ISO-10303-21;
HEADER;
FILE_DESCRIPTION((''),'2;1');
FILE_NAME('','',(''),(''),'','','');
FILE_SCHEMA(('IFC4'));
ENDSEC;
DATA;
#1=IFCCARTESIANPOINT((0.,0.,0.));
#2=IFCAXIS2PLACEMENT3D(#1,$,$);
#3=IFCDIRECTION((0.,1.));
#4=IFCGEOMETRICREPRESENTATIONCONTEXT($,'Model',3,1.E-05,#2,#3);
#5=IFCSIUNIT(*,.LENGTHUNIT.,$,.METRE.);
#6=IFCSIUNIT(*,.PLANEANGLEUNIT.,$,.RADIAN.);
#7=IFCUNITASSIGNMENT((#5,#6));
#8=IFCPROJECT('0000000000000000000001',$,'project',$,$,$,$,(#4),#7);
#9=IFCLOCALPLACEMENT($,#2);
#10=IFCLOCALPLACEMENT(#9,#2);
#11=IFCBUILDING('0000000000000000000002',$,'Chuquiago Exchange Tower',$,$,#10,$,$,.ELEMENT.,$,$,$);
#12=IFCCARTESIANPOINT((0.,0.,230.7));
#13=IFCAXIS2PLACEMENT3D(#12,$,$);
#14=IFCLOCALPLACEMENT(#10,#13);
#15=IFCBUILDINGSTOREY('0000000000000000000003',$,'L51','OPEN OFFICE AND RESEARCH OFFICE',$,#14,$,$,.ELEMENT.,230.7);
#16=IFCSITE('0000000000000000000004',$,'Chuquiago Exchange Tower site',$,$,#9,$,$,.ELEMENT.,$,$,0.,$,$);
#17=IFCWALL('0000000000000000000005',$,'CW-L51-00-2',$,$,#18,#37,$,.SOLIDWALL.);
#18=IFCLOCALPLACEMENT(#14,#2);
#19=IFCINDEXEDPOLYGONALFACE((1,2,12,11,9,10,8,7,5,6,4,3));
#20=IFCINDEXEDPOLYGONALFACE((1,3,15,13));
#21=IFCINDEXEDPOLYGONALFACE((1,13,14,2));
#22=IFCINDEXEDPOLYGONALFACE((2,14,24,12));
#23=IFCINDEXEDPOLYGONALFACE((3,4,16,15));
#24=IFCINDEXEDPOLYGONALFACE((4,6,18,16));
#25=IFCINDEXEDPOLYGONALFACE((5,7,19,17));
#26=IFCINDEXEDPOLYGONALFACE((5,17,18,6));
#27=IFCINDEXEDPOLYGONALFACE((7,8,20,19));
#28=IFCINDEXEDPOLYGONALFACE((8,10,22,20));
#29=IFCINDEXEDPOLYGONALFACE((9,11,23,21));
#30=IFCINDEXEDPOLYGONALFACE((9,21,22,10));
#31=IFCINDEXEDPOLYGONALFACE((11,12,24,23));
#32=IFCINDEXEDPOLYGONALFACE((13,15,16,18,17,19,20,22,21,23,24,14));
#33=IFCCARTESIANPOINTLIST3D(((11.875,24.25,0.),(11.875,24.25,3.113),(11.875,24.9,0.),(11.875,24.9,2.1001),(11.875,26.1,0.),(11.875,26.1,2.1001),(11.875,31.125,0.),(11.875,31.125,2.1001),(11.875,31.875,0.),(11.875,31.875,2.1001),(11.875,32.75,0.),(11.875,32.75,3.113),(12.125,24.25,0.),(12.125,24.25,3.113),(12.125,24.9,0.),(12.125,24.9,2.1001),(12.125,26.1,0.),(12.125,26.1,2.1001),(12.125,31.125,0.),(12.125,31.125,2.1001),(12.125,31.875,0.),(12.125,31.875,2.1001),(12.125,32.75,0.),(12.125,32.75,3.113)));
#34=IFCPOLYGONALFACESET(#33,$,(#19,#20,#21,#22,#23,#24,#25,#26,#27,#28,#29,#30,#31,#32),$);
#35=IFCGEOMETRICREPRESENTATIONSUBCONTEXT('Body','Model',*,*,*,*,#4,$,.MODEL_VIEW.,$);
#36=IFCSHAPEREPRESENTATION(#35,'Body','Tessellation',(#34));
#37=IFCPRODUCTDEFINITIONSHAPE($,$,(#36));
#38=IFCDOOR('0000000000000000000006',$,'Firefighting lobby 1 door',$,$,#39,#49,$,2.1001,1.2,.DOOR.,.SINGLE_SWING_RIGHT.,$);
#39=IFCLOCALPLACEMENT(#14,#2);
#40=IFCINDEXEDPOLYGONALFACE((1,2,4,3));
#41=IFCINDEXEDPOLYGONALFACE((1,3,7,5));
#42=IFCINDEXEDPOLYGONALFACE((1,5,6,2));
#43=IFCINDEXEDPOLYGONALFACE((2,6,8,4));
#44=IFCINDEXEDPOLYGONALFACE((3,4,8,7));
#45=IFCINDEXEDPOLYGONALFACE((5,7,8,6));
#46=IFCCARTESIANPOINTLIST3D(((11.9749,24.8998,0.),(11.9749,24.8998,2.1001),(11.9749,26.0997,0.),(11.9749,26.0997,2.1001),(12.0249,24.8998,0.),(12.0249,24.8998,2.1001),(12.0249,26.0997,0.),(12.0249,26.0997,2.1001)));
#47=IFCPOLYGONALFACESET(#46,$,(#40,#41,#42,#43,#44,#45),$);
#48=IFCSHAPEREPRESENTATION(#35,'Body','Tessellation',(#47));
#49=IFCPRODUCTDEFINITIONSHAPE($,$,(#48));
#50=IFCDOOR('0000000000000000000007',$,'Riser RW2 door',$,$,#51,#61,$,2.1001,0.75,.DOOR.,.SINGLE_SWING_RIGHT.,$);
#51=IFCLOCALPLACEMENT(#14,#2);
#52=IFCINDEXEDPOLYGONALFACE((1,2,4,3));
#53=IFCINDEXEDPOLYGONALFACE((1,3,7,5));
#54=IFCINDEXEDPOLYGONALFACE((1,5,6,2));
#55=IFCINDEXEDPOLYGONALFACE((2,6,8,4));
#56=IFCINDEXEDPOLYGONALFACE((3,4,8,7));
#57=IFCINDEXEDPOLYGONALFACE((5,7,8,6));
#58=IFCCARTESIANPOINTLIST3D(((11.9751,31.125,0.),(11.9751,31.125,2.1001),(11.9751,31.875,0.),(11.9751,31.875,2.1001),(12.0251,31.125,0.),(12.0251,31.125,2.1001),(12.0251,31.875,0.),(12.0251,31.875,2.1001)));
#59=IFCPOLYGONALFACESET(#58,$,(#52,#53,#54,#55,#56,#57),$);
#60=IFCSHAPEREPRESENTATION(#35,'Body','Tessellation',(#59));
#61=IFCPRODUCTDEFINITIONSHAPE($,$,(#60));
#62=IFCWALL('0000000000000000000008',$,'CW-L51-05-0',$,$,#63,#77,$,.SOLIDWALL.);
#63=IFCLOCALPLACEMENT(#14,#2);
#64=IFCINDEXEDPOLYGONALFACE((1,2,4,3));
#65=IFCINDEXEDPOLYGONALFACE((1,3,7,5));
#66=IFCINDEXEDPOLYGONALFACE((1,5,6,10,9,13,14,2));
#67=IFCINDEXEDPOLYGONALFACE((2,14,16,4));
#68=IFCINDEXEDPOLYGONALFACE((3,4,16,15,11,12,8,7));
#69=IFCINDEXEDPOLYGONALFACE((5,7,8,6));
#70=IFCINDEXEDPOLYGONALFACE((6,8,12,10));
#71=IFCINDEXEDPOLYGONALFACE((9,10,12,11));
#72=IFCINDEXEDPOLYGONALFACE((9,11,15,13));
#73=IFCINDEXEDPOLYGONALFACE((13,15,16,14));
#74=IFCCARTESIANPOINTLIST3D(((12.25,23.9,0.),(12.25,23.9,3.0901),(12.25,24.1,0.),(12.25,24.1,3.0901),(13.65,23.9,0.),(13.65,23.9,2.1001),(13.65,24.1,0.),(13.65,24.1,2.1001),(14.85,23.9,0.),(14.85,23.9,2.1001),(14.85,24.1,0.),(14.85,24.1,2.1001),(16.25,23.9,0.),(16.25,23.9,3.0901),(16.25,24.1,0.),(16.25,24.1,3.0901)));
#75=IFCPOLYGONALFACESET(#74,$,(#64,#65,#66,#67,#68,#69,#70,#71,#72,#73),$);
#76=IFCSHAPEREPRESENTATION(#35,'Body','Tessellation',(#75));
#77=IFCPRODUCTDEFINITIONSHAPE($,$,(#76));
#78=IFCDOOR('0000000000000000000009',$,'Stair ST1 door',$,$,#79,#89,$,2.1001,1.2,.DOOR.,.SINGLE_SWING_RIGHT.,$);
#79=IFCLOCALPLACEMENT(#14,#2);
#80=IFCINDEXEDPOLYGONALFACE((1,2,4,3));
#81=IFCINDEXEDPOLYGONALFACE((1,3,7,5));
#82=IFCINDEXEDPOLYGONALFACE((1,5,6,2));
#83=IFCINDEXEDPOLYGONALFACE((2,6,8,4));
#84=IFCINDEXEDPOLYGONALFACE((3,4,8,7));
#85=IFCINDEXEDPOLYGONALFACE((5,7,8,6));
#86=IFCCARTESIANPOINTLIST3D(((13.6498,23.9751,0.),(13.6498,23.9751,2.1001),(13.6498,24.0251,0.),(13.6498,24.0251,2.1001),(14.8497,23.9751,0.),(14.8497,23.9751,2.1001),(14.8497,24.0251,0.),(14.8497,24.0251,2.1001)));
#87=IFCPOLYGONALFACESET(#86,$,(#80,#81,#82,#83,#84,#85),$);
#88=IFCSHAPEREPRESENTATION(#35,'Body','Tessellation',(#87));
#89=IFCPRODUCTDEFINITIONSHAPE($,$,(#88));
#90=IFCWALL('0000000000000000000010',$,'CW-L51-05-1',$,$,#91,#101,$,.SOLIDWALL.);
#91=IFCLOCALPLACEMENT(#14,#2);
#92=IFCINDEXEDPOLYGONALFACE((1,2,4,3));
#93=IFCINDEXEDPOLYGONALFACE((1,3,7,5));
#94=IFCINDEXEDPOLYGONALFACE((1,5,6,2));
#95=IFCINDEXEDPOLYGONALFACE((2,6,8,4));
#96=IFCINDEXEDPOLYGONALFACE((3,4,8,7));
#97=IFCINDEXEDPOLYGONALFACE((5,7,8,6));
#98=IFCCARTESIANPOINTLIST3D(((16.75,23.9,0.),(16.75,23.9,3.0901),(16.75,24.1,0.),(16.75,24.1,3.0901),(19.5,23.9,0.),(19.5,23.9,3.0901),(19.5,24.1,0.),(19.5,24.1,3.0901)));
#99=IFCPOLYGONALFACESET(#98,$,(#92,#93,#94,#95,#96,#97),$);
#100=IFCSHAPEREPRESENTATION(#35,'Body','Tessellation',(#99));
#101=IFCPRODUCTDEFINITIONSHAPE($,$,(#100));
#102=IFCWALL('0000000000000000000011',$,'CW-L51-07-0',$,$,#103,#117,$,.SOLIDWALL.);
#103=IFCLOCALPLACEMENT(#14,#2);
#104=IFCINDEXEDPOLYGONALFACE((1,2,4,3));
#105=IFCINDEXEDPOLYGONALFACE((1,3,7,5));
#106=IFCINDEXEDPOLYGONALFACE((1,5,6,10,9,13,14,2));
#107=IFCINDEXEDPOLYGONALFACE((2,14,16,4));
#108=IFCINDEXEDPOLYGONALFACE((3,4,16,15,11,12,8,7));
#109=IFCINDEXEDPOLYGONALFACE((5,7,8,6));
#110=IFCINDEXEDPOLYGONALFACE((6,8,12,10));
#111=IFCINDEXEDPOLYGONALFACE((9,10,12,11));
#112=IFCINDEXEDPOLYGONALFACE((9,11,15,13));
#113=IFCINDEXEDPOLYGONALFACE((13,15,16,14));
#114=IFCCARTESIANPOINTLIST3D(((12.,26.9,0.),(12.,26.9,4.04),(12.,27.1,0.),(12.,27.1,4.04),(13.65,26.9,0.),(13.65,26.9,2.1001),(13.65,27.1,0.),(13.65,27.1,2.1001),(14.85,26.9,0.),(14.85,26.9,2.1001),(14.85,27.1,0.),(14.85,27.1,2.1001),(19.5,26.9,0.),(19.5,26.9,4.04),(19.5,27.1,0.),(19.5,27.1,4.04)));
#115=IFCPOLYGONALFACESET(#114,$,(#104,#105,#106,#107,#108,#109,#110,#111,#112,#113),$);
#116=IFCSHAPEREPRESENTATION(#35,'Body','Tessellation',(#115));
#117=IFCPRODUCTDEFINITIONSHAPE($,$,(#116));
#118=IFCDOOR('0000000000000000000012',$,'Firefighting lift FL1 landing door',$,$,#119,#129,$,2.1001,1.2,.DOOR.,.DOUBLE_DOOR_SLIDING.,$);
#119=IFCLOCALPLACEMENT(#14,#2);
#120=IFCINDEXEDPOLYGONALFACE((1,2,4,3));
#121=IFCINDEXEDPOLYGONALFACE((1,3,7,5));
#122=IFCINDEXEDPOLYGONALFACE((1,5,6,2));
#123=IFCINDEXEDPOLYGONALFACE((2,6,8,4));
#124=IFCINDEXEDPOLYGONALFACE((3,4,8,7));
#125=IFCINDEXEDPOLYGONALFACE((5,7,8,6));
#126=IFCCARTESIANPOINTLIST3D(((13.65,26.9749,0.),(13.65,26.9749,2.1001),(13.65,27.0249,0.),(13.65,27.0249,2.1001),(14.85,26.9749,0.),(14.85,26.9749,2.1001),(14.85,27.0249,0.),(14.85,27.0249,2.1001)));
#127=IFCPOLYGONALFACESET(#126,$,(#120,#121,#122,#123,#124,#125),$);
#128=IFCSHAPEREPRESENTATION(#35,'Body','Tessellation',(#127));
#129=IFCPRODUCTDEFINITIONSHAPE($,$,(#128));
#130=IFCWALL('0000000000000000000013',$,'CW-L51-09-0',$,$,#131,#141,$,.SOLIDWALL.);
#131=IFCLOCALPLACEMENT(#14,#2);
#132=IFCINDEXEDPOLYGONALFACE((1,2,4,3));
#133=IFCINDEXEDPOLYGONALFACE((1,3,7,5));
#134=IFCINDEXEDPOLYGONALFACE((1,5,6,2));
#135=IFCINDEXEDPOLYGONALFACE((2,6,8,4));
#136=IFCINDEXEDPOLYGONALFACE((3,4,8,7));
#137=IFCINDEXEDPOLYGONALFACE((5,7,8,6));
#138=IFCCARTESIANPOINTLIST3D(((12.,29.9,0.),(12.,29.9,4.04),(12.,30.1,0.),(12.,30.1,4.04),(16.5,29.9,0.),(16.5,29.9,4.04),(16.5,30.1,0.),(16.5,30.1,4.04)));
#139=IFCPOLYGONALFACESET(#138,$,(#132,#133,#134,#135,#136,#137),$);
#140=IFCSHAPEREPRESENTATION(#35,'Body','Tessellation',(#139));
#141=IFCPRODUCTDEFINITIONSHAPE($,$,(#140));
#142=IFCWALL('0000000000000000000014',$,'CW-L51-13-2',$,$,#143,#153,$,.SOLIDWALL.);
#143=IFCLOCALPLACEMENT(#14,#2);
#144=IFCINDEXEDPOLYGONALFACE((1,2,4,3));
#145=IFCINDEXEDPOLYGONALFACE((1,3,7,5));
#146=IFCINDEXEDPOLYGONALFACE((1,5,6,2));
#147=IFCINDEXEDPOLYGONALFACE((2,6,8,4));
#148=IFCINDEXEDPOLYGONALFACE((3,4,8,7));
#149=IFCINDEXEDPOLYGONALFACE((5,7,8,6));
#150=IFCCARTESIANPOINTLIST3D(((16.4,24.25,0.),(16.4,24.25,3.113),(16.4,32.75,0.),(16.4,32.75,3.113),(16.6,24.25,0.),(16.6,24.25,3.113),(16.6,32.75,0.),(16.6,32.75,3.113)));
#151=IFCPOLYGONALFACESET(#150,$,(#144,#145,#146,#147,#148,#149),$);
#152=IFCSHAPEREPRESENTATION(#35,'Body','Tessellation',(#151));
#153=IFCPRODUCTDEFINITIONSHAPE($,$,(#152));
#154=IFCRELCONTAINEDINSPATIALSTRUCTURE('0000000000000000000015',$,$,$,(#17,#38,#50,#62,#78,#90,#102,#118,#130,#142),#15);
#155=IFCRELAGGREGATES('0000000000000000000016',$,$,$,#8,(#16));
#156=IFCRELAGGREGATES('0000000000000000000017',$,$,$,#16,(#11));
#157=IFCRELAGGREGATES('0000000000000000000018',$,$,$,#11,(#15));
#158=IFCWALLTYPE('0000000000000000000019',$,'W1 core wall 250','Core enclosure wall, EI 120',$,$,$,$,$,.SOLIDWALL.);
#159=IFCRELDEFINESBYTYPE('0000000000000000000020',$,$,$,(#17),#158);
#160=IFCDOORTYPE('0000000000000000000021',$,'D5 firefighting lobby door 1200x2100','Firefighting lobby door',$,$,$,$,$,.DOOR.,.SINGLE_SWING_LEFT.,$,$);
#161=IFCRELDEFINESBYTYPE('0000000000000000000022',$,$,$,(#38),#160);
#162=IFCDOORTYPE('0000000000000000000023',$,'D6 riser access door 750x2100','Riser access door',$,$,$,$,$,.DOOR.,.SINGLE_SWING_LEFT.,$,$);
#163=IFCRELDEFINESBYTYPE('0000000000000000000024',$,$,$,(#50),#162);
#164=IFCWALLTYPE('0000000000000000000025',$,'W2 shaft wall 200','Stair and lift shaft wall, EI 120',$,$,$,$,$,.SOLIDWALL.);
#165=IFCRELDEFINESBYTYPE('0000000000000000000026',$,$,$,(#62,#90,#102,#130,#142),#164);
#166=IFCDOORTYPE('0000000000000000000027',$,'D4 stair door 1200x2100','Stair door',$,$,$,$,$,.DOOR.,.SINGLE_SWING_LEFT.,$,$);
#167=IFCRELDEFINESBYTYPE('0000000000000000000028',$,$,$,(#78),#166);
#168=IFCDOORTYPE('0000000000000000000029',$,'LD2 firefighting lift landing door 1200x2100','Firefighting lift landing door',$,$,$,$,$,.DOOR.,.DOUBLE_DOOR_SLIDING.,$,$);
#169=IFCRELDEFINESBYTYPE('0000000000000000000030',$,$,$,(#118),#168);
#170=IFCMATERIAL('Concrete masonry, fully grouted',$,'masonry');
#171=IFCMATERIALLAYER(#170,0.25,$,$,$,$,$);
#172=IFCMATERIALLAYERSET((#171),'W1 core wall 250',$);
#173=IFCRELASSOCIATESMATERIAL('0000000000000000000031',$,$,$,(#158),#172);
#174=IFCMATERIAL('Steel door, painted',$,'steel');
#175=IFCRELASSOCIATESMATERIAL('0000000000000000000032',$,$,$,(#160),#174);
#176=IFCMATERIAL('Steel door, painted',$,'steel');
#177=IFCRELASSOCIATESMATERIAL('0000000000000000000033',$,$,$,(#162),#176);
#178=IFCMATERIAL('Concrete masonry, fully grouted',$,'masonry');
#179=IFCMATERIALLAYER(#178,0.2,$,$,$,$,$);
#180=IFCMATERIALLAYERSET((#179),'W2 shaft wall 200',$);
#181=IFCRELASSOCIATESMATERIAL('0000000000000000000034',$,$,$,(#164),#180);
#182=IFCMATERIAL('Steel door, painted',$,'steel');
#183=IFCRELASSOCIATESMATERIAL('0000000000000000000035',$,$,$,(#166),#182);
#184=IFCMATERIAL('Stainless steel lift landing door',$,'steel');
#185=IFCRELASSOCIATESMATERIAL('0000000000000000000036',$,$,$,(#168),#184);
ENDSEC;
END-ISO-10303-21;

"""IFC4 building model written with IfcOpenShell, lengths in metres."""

from ifc_helpers import new_model, si_unit, direction, frame, frame_2d, origin, place, context, subcontext, project, spatial, rectangle, extrude, material, layer, layer_set, type_object, element, fill, save


model = new_model("IFC4")

# Units and contexts
model_context = context("Model", 3, precision=1e-05, world=origin(), true_north=direction((0.0, 1.0)))
body_context = subcontext(model_context, "Body", "Model", "MODEL_VIEW")
ifc_project = project(units=[si_unit("LENGTHUNIT", "METRE"), si_unit("PLANEANGLEUNIT", "RADIAN")], contexts=[model_context])

# Site, building, storey
site_placement = place(None, origin())
site = spatial("IfcSite", under=ifc_project, at=site_placement, Name="Chuquiago Exchange Tower site", CompositionType="ELEMENT", RefElevation=0.0)
building_placement = place(site_placement, origin())
building = spatial("IfcBuilding", under=site, at=building_placement, Name="Chuquiago Exchange Tower", CompositionType="ELEMENT")
storey_placement = place(building_placement, frame((0.0, 0.0, 230.7)))
storey = spatial("IfcBuildingStorey", under=building, at=storey_placement, Name="L51", Description="OPEN OFFICE AND RESEARCH OFFICE", CompositionType="ELEMENT", Elevation=230.7)

# Wall, openings, doors
ifc_material_1 = material(Name="Concrete masonry, fully grouted", Category="masonry")
ifc_layer_1 = layer(ifc_material_1, 0.25)
ifc_layer_set_1 = layer_set([ifc_layer_1], Name="W1 core wall 250")
wall_type_1 = type_object("IfcWallType", Name="W1 core wall 250", Description="Core enclosure wall, EI 120", PredefinedType="SOLIDWALL", material=ifc_layer_set_1)
wall_1_placement = place(storey_placement, frame((12.0, 24.25, 0.0), z_axis=(0.0, 0.0, 1.0), x_axis=(0.0, 1.0, 0.0)))
wall_1 = element("IfcWall", 1, at=wall_1_placement, inside=storey, type_object=wall_type_1, Name="CW-L51-00-2", PredefinedType="SOLIDWALL", context=body_context, shape_type="SweptSolid", body=[
    extrude(rectangle(XDim=8.5, YDim=0.25, at=frame_2d((4.25, 0.0))), origin(), (0.0, 0.0, 1.0), 3.113),
])
opening_1_placement = place(wall_1_placement, frame((0.6499, 0.0, 0.0)))
opening_1 = element("IfcOpeningElement", 2, at=opening_1_placement, cuts=wall_1, PredefinedType="OPENING", context=body_context, shape_type="SweptSolid", body=[
    extrude(rectangle(XDim=1.2, YDim=2.1001, at=frame_2d((0.6001, 1.05))), frame((0.0, 0.135, 0.0), z_axis=(0.0, -1.0, 0.0), x_axis=(1.0, 0.0, 0.0)), (0.0, 0.0, 1.0), 0.27),
])
opening_2_placement = place(wall_1_placement, frame((6.875, 0.0, 0.0)))
opening_2 = element("IfcOpeningElement", 3, at=opening_2_placement, cuts=wall_1, PredefinedType="OPENING", context=body_context, shape_type="SweptSolid", body=[
    extrude(rectangle(XDim=0.75, YDim=2.1001, at=frame_2d((0.375, 1.05))), frame((0.0, 0.135, 0.0), z_axis=(0.0, -1.0, 0.0), x_axis=(1.0, 0.0, 0.0)), (0.0, 0.0, 1.0), 0.27),
])
ifc_material_2 = material(Name="Steel door, painted", Category="steel")
door_type_1 = type_object("IfcDoorType", Name="D5 firefighting lobby door 1200x2100", Description="Firefighting lobby door", OperationType="SINGLE_SWING_LEFT", PredefinedType="DOOR", material=ifc_material_2)
door_1_placement = place(opening_1_placement, frame((1.2, 0.0, 0.0), z_axis=(0.0, 0.0, 1.0), x_axis=(-1.0, 0.0, 0.0)))
door_1 = element("IfcDoor", 4, at=door_1_placement, inside=storey, type_object=door_type_1, Name="Firefighting lobby 1 door", OperationType="SINGLE_SWING_RIGHT", OverallHeight=2.1001, OverallWidth=1.2, PredefinedType="DOOR", context=body_context, shape_type="SweptSolid", body=[
    extrude(rectangle(XDim=1.2, YDim=2.1001, at=frame_2d((0.6001, 1.05))), frame((0.0, 0.0249, 0.0), z_axis=(0.0, -1.0, 0.0), x_axis=(1.0, 0.0, 0.0)), (0.0, 0.0, 1.0), 0.05),
])
fill(opening_1, door_1)
ifc_material_3 = material(Name="Steel door, painted", Category="steel")
door_type_2 = type_object("IfcDoorType", Name="D6 riser access door 750x2100", Description="Riser access door", OperationType="SINGLE_SWING_LEFT", PredefinedType="DOOR", material=ifc_material_3)
door_2_placement = place(opening_2_placement, origin())
door_2 = element("IfcDoor", 5, at=door_2_placement, inside=storey, type_object=door_type_2, Name="Riser RW2 door", OperationType="SINGLE_SWING_RIGHT", OverallHeight=2.1001, OverallWidth=0.75, PredefinedType="DOOR", context=body_context, shape_type="SweptSolid", body=[
    extrude(rectangle(XDim=0.75, YDim=2.1001, at=frame_2d((0.375, 1.05))), frame((0.0, 0.0249, 0.0), z_axis=(0.0, -1.0, 0.0), x_axis=(1.0, 0.0, 0.0)), (0.0, 0.0, 1.0), 0.05),
])
fill(opening_2, door_2)

# Wall, opening, door
ifc_material_4 = material(Name="Concrete masonry, fully grouted", Category="masonry")
ifc_layer_2 = layer(ifc_material_4, 0.2)
ifc_layer_set_2 = layer_set([ifc_layer_2], Name="W2 shaft wall 200")
wall_type_2 = type_object("IfcWallType", Name="W2 shaft wall 200", Description="Stair and lift shaft wall, EI 120", PredefinedType="SOLIDWALL", material=ifc_layer_set_2)
wall_2_placement = place(storey_placement, frame((12.25, 24.0, 0.0), z_axis=(0.0, 0.0, 1.0), x_axis=(1.0, 0.0, 0.0)))
wall_2 = element("IfcWall", 6, at=wall_2_placement, inside=storey, type_object=wall_type_2, Name="CW-L51-05-0", PredefinedType="SOLIDWALL", context=body_context, shape_type="SweptSolid", body=[
    extrude(rectangle(XDim=4.0, YDim=0.2, at=frame_2d((2.0, 0.0))), origin(), (0.0, 0.0, 1.0), 3.0901),
])
opening_3_placement = place(wall_2_placement, frame((1.3999, 0.0, 0.0)))
opening_3 = element("IfcOpeningElement", 7, at=opening_3_placement, cuts=wall_2, PredefinedType="OPENING", context=body_context, shape_type="SweptSolid", body=[
    extrude(rectangle(XDim=1.2, YDim=2.1001, at=frame_2d((0.6001, 1.05))), frame((0.0, 0.1099, 0.0), z_axis=(0.0, -1.0, 0.0), x_axis=(1.0, 0.0, 0.0)), (0.0, 0.0, 1.0), 0.22),
])
ifc_material_5 = material(Name="Steel door, painted", Category="steel")
door_type_3 = type_object("IfcDoorType", Name="D4 stair door 1200x2100", Description="Stair door", OperationType="SINGLE_SWING_LEFT", PredefinedType="DOOR", material=ifc_material_5)
door_3_placement = place(opening_3_placement, frame((1.2, 0.0, 0.0), z_axis=(0.0, 0.0, 1.0), x_axis=(-1.0, 0.0, 0.0)))
door_3 = element("IfcDoor", 8, at=door_3_placement, inside=storey, type_object=door_type_3, Name="Stair ST1 door", OperationType="SINGLE_SWING_RIGHT", OverallHeight=2.1001, OverallWidth=1.2, PredefinedType="DOOR", context=body_context, shape_type="SweptSolid", body=[
    extrude(rectangle(XDim=1.2, YDim=2.1001, at=frame_2d((0.6001, 1.05))), frame((0.0, 0.0249, 0.0), z_axis=(0.0, -1.0, 0.0), x_axis=(1.0, 0.0, 0.0)), (0.0, 0.0, 1.0), 0.05),
])
fill(opening_3, door_3)

# Wall
wall_3_placement = place(storey_placement, frame((16.75, 24.0, 0.0), z_axis=(0.0, 0.0, 1.0), x_axis=(1.0, 0.0, 0.0)))
element("IfcWall", 9, at=wall_3_placement, inside=storey, type_object=wall_type_2, Name="CW-L51-05-1", PredefinedType="SOLIDWALL", context=body_context, shape_type="SweptSolid", body=[
    extrude(rectangle(XDim=2.75, YDim=0.2, at=frame_2d((1.375, 0.0))), origin(), (0.0, 0.0, 1.0), 3.0901),
])

# Wall, opening, door
wall_4_placement = place(storey_placement, frame((12.0, 27.0, 0.0), z_axis=(0.0, 0.0, 1.0), x_axis=(1.0, 0.0, 0.0)))
wall_4 = element("IfcWall", 10, at=wall_4_placement, inside=storey, type_object=wall_type_2, Name="CW-L51-07-0", PredefinedType="SOLIDWALL", context=body_context, shape_type="SweptSolid", body=[
    extrude(rectangle(XDim=7.5, YDim=0.2, at=frame_2d((3.75, 0.0))), origin(), (0.0, 0.0, 1.0), 4.04),
])
opening_4_placement = place(wall_4_placement, frame((1.6499, 0.0, 0.0)))
opening_4 = element("IfcOpeningElement", 11, at=opening_4_placement, cuts=wall_4, PredefinedType="OPENING", context=body_context, shape_type="SweptSolid", body=[
    extrude(rectangle(XDim=1.2, YDim=2.1001, at=frame_2d((0.6001, 1.05))), frame((0.0, 0.1099, 0.0), z_axis=(0.0, -1.0, 0.0), x_axis=(1.0, 0.0, 0.0)), (0.0, 0.0, 1.0), 0.22),
])
ifc_material_6 = material(Name="Stainless steel lift landing door", Category="steel")
door_type_4 = type_object("IfcDoorType", Name="LD2 firefighting lift landing door 1200x2100", Description="Firefighting lift landing door", OperationType="DOUBLE_DOOR_SLIDING", PredefinedType="DOOR", material=ifc_material_6)
door_4_placement = place(opening_4_placement, origin())
door_4 = element("IfcDoor", 12, at=door_4_placement, inside=storey, type_object=door_type_4, Name="Firefighting lift FL1 landing door", OperationType="DOUBLE_DOOR_SLIDING", OverallHeight=2.1001, OverallWidth=1.2, PredefinedType="DOOR", context=body_context, shape_type="SweptSolid", body=[
    extrude(rectangle(XDim=1.2, YDim=2.1001, at=frame_2d((0.6001, 1.05))), frame((0.0, 0.0249, 0.0), z_axis=(0.0, -1.0, 0.0), x_axis=(1.0, 0.0, 0.0)), (0.0, 0.0, 1.0), 0.05),
])
fill(opening_4, door_4)

# Walls
wall_5_placement = place(storey_placement, frame((12.0, 30.0, 0.0), z_axis=(0.0, 0.0, 1.0), x_axis=(1.0, 0.0, 0.0)))
element("IfcWall", 13, at=wall_5_placement, inside=storey, type_object=wall_type_2, Name="CW-L51-09-0", PredefinedType="SOLIDWALL", context=body_context, shape_type="SweptSolid", body=[
    extrude(rectangle(XDim=4.5, YDim=0.2, at=frame_2d((2.25, 0.0))), origin(), (0.0, 0.0, 1.0), 4.04),
])
wall_6_placement = place(storey_placement, frame((16.5, 24.25, 0.0), z_axis=(0.0, 0.0, 1.0), x_axis=(0.0, 1.0, 0.0)))
element("IfcWall", 14, at=wall_6_placement, inside=storey, type_object=wall_type_2, Name="CW-L51-13-2", PredefinedType="SOLIDWALL", context=body_context, shape_type="SweptSolid", body=[
    extrude(rectangle(XDim=8.5, YDim=0.2, at=frame_2d((4.25, 0.0))), origin(), (0.0, 0.0, 1.0), 3.113),
])

save(model, "model.ifc")
